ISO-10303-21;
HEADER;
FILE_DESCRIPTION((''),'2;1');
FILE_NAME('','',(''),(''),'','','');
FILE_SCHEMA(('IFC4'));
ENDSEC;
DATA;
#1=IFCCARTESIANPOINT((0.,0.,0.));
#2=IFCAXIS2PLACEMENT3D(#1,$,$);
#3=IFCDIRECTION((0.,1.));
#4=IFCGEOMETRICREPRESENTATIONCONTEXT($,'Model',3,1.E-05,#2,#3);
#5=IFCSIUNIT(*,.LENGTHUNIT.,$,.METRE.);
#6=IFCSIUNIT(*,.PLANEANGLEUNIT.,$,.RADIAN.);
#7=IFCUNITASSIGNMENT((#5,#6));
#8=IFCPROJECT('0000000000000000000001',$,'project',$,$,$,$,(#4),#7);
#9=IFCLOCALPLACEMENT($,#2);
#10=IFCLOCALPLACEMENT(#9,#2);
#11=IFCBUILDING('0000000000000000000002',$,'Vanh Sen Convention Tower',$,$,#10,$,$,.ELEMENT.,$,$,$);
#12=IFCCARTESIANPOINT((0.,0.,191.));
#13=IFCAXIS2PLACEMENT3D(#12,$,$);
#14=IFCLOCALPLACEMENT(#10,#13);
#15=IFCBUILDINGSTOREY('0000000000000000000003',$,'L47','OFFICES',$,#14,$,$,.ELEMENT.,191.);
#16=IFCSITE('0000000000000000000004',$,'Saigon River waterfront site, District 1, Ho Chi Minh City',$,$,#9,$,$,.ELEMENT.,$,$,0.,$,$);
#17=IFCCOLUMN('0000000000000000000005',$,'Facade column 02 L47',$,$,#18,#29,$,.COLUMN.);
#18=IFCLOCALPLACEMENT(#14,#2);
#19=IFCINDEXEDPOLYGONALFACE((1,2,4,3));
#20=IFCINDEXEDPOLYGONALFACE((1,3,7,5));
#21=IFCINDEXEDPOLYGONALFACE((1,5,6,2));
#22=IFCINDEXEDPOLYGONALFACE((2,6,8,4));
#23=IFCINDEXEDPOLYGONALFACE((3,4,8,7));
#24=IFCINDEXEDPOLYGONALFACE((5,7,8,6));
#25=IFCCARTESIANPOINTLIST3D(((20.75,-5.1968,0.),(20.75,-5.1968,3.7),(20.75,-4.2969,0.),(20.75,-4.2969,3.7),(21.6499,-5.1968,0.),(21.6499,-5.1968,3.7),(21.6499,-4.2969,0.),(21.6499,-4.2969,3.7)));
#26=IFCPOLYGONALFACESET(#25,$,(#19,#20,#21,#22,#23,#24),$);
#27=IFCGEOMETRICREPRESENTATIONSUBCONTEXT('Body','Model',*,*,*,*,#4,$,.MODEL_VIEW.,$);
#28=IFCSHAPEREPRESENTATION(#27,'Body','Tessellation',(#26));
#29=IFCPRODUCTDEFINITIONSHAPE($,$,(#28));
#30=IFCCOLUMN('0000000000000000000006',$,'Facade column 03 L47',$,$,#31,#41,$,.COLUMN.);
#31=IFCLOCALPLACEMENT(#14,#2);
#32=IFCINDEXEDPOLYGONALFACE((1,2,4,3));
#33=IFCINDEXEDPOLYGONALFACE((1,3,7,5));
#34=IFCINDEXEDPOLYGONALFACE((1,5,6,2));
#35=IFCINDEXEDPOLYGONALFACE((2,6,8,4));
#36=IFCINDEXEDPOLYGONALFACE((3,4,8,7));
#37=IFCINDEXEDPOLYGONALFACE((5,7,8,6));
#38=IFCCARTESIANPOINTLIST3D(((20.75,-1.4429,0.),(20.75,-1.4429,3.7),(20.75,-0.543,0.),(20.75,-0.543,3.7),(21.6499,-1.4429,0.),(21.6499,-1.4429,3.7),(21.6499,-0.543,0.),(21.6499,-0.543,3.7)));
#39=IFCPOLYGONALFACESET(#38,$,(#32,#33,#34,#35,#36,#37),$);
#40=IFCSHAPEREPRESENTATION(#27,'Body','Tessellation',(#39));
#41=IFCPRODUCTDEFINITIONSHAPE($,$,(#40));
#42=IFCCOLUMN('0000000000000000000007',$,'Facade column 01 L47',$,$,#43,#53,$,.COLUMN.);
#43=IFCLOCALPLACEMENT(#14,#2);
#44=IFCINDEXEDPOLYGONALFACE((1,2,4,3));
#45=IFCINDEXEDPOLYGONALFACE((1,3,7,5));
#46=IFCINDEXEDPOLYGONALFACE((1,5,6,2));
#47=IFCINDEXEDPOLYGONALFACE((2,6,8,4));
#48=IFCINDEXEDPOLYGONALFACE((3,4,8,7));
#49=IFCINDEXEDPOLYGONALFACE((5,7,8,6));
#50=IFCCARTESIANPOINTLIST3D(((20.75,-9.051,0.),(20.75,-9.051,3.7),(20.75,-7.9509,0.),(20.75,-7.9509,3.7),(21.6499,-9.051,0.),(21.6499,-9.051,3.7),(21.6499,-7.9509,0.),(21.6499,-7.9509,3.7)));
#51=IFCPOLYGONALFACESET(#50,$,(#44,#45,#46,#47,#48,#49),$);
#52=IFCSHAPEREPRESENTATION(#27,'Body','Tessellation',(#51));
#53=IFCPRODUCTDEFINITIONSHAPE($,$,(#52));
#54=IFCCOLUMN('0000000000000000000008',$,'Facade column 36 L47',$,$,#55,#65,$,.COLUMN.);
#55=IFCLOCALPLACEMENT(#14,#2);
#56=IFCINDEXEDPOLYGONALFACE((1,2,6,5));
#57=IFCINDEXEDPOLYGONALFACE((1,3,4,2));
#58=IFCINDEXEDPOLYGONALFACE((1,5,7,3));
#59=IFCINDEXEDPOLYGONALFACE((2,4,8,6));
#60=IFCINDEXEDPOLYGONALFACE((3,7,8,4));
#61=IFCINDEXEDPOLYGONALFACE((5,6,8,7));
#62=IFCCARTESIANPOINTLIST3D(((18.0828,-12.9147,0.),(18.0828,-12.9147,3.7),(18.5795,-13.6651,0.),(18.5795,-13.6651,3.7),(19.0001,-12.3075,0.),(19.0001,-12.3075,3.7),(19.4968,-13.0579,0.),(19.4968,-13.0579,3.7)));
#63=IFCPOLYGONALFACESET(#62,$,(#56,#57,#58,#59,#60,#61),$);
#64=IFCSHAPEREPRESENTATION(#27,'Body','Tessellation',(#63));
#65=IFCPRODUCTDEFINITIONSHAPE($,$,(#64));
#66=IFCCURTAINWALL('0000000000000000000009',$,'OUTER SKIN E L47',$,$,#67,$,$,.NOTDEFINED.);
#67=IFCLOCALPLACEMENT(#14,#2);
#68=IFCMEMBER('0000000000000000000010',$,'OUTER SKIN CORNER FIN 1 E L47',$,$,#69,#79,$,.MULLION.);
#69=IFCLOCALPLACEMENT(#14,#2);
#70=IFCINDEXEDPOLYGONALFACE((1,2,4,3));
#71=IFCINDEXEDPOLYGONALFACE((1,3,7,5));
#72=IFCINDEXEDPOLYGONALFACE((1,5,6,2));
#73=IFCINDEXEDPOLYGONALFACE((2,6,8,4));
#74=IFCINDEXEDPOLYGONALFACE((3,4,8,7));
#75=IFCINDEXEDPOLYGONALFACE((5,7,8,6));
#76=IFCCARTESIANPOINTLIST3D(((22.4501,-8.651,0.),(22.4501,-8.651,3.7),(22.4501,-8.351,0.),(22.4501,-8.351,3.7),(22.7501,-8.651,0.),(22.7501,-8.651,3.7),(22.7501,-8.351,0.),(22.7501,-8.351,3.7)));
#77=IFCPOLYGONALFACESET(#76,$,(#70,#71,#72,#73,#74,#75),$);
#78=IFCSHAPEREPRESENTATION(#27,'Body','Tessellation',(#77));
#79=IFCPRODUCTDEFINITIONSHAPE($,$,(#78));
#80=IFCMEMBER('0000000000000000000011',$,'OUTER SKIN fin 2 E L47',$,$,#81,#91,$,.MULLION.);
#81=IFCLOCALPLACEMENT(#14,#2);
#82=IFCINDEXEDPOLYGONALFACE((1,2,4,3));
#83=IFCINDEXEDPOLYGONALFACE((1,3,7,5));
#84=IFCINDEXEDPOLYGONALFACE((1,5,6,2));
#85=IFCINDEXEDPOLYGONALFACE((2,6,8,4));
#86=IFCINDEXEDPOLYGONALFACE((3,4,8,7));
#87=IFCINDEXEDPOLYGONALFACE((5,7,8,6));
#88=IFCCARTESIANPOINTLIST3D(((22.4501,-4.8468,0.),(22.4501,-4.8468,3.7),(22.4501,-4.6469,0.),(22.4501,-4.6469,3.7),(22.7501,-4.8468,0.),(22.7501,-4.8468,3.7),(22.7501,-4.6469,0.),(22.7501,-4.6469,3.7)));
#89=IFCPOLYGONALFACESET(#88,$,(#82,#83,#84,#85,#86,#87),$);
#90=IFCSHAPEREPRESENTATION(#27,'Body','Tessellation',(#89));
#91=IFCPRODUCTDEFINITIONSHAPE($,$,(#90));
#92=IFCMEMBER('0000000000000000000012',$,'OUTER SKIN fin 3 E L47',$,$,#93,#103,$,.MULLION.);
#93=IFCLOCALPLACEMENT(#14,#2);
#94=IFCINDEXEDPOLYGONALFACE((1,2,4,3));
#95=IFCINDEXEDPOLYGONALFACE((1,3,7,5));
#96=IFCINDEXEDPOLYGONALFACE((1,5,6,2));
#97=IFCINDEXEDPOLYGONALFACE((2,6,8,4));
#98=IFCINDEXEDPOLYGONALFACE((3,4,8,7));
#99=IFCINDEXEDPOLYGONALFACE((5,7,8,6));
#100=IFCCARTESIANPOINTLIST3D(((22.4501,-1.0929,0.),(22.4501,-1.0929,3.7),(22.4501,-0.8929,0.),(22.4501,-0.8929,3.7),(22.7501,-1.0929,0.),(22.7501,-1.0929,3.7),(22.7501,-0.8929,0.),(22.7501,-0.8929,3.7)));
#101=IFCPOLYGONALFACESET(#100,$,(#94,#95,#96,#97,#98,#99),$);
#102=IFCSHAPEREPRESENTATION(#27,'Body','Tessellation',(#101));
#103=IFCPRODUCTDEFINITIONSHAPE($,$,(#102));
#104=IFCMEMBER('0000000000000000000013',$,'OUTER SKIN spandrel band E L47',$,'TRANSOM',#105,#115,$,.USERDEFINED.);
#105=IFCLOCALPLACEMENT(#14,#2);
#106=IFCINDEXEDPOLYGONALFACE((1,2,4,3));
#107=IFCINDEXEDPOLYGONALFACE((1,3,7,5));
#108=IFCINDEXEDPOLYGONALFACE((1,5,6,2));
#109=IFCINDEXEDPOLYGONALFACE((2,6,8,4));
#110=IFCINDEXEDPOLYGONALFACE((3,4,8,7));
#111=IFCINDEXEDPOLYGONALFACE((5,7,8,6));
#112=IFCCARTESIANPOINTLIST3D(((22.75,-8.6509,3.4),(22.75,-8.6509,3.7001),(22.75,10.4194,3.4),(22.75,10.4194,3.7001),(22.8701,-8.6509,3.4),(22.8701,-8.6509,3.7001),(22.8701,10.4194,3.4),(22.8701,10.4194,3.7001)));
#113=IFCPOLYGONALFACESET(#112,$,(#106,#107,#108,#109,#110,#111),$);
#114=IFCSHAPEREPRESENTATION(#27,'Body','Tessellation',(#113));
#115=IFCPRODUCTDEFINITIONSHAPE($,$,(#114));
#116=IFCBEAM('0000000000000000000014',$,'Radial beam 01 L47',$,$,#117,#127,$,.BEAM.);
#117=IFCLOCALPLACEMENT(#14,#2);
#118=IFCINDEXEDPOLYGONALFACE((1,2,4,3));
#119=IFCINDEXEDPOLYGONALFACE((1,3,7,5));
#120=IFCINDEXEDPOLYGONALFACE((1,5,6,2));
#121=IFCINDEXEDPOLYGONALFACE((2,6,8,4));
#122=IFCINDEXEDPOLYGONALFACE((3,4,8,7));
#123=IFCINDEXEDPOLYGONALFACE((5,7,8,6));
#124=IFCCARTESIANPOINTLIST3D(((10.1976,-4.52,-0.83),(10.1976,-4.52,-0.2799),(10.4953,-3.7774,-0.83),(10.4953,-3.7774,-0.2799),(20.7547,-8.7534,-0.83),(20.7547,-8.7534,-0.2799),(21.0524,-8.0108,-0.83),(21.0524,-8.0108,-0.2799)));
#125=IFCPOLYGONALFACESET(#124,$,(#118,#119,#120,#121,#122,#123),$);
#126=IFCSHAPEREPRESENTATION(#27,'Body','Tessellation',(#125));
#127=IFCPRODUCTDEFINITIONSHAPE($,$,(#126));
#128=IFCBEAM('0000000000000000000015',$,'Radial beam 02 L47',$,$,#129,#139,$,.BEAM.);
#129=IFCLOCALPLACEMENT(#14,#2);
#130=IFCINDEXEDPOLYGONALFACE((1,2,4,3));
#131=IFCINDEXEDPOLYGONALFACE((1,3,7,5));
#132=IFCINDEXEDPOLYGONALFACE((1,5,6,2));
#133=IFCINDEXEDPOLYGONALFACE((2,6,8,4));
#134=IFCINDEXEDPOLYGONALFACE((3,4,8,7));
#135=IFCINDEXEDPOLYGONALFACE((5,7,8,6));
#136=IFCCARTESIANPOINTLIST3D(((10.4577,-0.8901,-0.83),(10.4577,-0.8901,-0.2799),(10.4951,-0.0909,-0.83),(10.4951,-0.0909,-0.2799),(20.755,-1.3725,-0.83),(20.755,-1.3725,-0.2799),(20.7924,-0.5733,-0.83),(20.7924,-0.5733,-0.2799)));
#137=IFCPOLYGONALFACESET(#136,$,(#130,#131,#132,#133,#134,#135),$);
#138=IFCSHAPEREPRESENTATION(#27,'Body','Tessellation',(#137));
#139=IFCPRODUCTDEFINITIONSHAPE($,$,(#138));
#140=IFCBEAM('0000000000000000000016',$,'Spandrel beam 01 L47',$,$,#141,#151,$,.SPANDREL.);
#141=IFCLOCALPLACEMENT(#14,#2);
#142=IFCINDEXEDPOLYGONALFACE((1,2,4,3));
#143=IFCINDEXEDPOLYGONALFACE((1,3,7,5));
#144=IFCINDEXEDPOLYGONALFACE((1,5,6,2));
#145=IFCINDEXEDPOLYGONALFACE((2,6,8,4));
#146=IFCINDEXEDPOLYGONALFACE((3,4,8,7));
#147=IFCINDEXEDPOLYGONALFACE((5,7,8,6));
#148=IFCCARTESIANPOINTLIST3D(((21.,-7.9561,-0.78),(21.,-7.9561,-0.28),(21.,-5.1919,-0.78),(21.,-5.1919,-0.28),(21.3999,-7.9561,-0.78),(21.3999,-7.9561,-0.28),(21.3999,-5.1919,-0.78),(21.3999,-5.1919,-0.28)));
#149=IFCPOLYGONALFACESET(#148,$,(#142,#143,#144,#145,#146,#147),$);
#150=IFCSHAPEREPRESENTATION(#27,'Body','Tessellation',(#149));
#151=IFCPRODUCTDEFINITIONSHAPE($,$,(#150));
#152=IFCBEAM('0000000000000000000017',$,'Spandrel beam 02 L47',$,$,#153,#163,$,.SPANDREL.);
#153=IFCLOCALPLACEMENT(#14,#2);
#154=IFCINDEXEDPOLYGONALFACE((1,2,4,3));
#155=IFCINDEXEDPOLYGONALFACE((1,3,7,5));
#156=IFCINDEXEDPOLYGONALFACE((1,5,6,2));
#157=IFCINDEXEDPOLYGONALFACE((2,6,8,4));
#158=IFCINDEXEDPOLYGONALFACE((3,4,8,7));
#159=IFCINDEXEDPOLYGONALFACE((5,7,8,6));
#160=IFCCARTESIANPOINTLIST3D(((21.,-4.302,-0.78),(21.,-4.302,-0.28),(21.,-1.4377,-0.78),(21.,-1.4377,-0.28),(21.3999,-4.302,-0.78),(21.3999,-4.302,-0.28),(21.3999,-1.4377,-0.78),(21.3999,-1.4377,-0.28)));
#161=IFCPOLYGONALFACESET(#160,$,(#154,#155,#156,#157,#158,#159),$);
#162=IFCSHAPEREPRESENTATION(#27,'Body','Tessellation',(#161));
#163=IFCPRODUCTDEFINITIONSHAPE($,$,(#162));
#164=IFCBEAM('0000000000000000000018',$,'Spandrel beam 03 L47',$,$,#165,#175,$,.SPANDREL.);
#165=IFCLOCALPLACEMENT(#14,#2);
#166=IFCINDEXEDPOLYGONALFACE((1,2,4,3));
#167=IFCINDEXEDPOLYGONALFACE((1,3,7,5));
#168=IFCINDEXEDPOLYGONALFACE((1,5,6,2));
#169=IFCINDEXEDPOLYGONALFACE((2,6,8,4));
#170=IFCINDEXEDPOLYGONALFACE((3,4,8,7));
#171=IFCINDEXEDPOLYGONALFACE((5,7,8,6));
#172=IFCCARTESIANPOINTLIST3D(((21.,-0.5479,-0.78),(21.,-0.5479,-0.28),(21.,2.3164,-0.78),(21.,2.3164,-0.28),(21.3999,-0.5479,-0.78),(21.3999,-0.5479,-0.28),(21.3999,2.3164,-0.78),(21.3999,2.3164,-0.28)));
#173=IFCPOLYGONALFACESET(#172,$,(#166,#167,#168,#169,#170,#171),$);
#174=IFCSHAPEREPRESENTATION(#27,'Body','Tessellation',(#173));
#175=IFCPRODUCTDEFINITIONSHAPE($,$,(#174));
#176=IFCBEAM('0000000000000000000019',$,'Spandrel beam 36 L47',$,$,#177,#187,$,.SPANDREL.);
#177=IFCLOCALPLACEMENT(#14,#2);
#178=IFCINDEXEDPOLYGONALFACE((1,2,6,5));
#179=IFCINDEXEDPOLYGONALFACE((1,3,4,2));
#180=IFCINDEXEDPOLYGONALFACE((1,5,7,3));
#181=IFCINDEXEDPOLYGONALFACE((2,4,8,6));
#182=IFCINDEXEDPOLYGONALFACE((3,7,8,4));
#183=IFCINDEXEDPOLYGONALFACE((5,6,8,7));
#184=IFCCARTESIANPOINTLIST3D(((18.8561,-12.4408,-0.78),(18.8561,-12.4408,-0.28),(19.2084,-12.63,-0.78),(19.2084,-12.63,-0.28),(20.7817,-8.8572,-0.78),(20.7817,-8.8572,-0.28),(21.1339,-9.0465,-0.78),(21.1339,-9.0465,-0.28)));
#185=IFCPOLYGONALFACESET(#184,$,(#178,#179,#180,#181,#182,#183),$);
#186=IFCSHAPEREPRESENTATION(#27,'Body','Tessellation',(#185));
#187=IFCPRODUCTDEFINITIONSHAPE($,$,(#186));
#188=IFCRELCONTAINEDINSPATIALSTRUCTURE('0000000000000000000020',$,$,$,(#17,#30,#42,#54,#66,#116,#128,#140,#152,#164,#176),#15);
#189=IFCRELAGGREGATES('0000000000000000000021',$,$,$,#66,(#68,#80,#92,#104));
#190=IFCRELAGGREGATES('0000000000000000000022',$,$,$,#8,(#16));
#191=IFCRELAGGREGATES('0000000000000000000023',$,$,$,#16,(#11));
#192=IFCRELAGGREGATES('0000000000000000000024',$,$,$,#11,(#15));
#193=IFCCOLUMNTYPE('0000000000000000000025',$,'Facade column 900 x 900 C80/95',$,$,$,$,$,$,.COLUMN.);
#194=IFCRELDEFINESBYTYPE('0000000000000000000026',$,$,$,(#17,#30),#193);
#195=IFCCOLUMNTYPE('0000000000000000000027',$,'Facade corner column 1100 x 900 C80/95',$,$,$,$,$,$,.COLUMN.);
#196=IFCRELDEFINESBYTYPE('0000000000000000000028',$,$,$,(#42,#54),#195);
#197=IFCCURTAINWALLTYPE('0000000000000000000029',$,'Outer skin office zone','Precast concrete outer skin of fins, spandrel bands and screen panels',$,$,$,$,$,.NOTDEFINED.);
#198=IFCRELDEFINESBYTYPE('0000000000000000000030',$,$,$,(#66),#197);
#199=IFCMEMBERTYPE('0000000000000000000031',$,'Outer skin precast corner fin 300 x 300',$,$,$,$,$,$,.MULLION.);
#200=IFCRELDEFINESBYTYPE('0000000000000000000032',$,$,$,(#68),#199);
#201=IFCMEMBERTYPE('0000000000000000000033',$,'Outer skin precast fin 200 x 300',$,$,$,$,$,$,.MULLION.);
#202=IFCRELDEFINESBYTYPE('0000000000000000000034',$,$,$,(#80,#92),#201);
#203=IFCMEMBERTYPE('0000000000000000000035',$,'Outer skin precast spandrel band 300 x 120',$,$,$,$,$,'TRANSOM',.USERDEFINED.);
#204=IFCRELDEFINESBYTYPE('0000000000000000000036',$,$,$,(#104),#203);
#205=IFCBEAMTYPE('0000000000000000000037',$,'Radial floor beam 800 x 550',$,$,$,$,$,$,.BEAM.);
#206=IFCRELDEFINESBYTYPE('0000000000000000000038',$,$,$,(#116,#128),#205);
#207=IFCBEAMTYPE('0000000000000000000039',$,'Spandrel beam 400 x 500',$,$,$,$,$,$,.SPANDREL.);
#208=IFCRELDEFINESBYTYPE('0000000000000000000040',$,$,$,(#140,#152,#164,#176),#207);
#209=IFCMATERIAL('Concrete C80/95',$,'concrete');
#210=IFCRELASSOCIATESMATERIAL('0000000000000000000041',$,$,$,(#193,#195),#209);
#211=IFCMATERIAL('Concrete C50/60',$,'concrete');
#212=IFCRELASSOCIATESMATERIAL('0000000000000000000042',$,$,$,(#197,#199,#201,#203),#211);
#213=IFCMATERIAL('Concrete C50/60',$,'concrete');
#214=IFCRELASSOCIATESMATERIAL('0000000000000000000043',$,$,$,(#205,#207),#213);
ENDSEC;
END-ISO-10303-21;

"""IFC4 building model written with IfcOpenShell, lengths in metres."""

from ifc_helpers import new_model, si_unit, direction, frame, origin, origin_2d, place, context, subcontext, project, spatial, rectangle, extrude, material, material_profile, profile_set, type_object, element, aggregate, save


model = new_model("IFC4")

# Units and contexts
model_context = context("Model", 3, precision=1e-05, world=origin(), true_north=direction((0.0, 1.0)))
body_context = subcontext(model_context, "Body", "Model", "MODEL_VIEW")
ifc_project = project(units=[si_unit("LENGTHUNIT", "METRE"), si_unit("PLANEANGLEUNIT", "RADIAN")], contexts=[model_context])

# Site, building, storey
site_placement = place(None, origin())
site = spatial("IfcSite", under=ifc_project, at=site_placement, Name="Saigon River waterfront site, District 1, Ho Chi Minh City", CompositionType="ELEMENT", RefElevation=0.0)
building_placement = place(site_placement, origin())
building = spatial("IfcBuilding", under=site, at=building_placement, Name="Vanh Sen Convention Tower", CompositionType="ELEMENT")
storey_placement = place(building_placement, frame((0.0, 0.0, 191.0)))
storey = spatial("IfcBuildingStorey", under=building, at=storey_placement, Name="L47", Description="OFFICES", CompositionType="ELEMENT", Elevation=191.0)

# Columns
ifc_material_1 = material(Name="Concrete C80/95", Category="concrete")
ifc_material_profile_1 = material_profile(ifc_material_1, rectangle(XDim=0.8999, YDim=0.8999, at=origin_2d()), Name="RC 900X900")
ifc_profile_set_1 = profile_set([ifc_material_profile_1], Name="Concrete C80/95")
column_type_1 = type_object("IfcColumnType", Name="Facade column 900 x 900 C80/95", PredefinedType="COLUMN", material=ifc_profile_set_1)
for number, where, z_axis, x_axis, name in (
    (1, (21.2, -4.7468, 0.0), (0.0, 0.0, 1.0), (0.0, 1.0, 0.0), "Facade column 02 L47"),
    (2, (21.2, -0.9929, 0.0), (0.0, 0.0, 1.0), (0.0, 1.0, 0.0), "Facade column 03 L47"),
):
    element("IfcColumn", number, at=place(storey_placement, frame(where, z_axis=z_axis, x_axis=x_axis)), inside=storey, type_object=column_type_1, Name=name, PredefinedType="COLUMN", context=body_context, shape_type="SweptSolid", body=[
        extrude(rectangle(XDim=0.8999, YDim=0.8999, at=origin_2d()), origin(), (0.0, 0.0, 1.0), 3.7),
    ])
ifc_material_profile_2 = material_profile(ifc_material_1, rectangle(XDim=1.1001, YDim=0.8999, at=origin_2d()), Name="RC 1100X900")
ifc_profile_set_2 = profile_set([ifc_material_profile_2], Name="Concrete C80/95")
column_type_2 = type_object("IfcColumnType", Name="Facade corner column 1100 x 900 C80/95", PredefinedType="COLUMN", material=ifc_profile_set_2)
for number, where, z_axis, x_axis, name in (
    (3, (21.2, -8.501, 0.0), (0.0, 0.0, 1.0), (0.0, 1.0, 0.0), "Facade column 01 L47"),
    (4, (18.7898, -12.9863, 0.0), (0.0, 0.0, 1.0), (0.833886, 0.551937, 0.0), "Facade column 36 L47"),
):
    element("IfcColumn", number, at=place(storey_placement, frame(where, z_axis=z_axis, x_axis=x_axis)), inside=storey, type_object=column_type_2, Name=name, PredefinedType="COLUMN", context=body_context, shape_type="SweptSolid", body=[
        extrude(rectangle(XDim=1.1001, YDim=0.8999, at=origin_2d()), origin(), (0.0, 0.0, 1.0), 3.7),
    ])

# Curtain wall, members
ifc_material_2 = material(Name="Concrete C50/60", Category="concrete")
curtain_wall_type = type_object("IfcCurtainWallType", Name="Outer skin office zone", Description="Precast concrete outer skin of fins, spandrel bands and screen panels", PredefinedType="NOTDEFINED", material=ifc_material_2)
curtain_wall_1_placement = place(storey_placement, origin())
curtain_wall_1 = element("IfcCurtainWall", 5, at=curtain_wall_1_placement, inside=storey, type_object=curtain_wall_type, Name="OUTER SKIN E L47", PredefinedType="NOTDEFINED")
ifc_material_profile_3 = material_profile(ifc_material_2, rectangle(XDim=0.3, YDim=0.3, at=origin_2d()), Name="Outer skin precast corner fin 300 x 300")
ifc_profile_set_3 = profile_set([ifc_material_profile_3], Name="Concrete C50/60")
member_type_1 = type_object("IfcMemberType", Name="Outer skin precast corner fin 300 x 300", PredefinedType="MULLION", material=ifc_profile_set_3)
member_1_placement = place(storey_placement, frame((22.6001, -8.501, 0.0), z_axis=(0.0, 0.0, 1.0), x_axis=(0.0, 1.0, 0.0)))
member_1 = element("IfcMember", 6, at=member_1_placement, type_object=member_type_1, Name="OUTER SKIN CORNER FIN 1 E L47", PredefinedType="MULLION", context=body_context, shape_type="SweptSolid", body=[
    extrude(rectangle(XDim=0.3, YDim=0.3, at=origin_2d()), origin(), (0.0, 0.0, 1.0), 3.7),
])
ifc_material_profile_4 = material_profile(ifc_material_2, rectangle(XDim=0.2, YDim=0.3, at=origin_2d()), Name="Outer skin precast fin 200 x 300")
ifc_profile_set_4 = profile_set([ifc_material_profile_4], Name="Concrete C50/60")
member_type_2 = type_object("IfcMemberType", Name="Outer skin precast fin 200 x 300", PredefinedType="MULLION", material=ifc_profile_set_4)
member_2_placement = place(storey_placement, frame((22.6001, -4.7468, 0.0), z_axis=(0.0, 0.0, 1.0), x_axis=(0.0, 1.0, 0.0)))
member_2 = element("IfcMember", 7, at=member_2_placement, type_object=member_type_2, Name="OUTER SKIN fin 2 E L47", PredefinedType="MULLION", context=body_context, shape_type="SweptSolid", body=[
    extrude(rectangle(XDim=0.2, YDim=0.3, at=origin_2d()), origin(), (0.0, 0.0, 1.0), 3.7),
])
member_3_placement = place(storey_placement, frame((22.6001, -0.9929, 0.0), z_axis=(0.0, 0.0, 1.0), x_axis=(0.0, 1.0, 0.0)))
member_3 = element("IfcMember", 8, at=member_3_placement, type_object=member_type_2, Name="OUTER SKIN fin 3 E L47", PredefinedType="MULLION", context=body_context, shape_type="SweptSolid", body=[
    extrude(rectangle(XDim=0.2, YDim=0.3, at=origin_2d()), origin(), (0.0, 0.0, 1.0), 3.7),
])
ifc_material_profile_5 = material_profile(ifc_material_2, rectangle(XDim=0.1201, YDim=0.3, at=origin_2d()), Name="Outer skin precast spandrel band 300 x 120")
ifc_profile_set_5 = profile_set([ifc_material_profile_5], Name="Concrete C50/60")
member_type_3 = type_object("IfcMemberType", Name="Outer skin precast spandrel band 300 x 120", ElementType="TRANSOM", PredefinedType="USERDEFINED", material=ifc_profile_set_5)
member_4_placement = place(storey_placement, frame((22.8101, -8.6509, 3.55), z_axis=(0.0, 1.0, 0.0), x_axis=(-1.0, 0.0, 0.0)))
member_4 = element("IfcMember", 9, at=member_4_placement, type_object=member_type_3, Name="OUTER SKIN spandrel band E L47", ObjectType="TRANSOM", PredefinedType="USERDEFINED", context=body_context, shape_type="SweptSolid", body=[
    extrude(rectangle(XDim=0.1201, YDim=0.3, at=origin_2d()), origin(), (0.0, 0.0, 1.0), 19.0703),
])

# Beams
ifc_material_3 = material(Name="Concrete C50/60", Category="concrete")
ifc_material_profile_6 = material_profile(ifc_material_3, rectangle(XDim=0.8, YDim=0.55, at=origin_2d()), Name="RC 800X550")
ifc_profile_set_6 = profile_set([ifc_material_profile_6], Name="Concrete C50/60")
beam_type_1 = type_object("IfcBeamType", Name="Radial floor beam 800 x 550", PredefinedType="BEAM", material=ifc_profile_set_6)
beam_1_placement = place(storey_placement, frame((20.9036, -8.3821, -0.5549), z_axis=(-0.928157, 0.37219, 0.0), x_axis=(-0.37219, -0.928157, 0.0)))
element("IfcBeam", 10, at=beam_1_placement, inside=storey, type_object=beam_type_1, Name="Radial beam 01 L47", PredefinedType="BEAM", context=body_context, shape_type="SweptSolid", body=[
    extrude(rectangle(XDim=0.8, YDim=0.55, at=origin_2d()), origin(), (0.0, 0.0, 1.0), 11.3743),
])
beam_2_placement = place(storey_placement, frame((20.7737, -0.9729, -0.5549), z_axis=(-0.998904, 0.046798, 0.0), x_axis=(-0.046798, -0.998904, 0.0)))
element("IfcBeam", 11, at=beam_2_placement, inside=storey, type_object=beam_type_1, Name="Radial beam 02 L47", PredefinedType="BEAM", context=body_context, shape_type="SweptSolid", body=[
    extrude(rectangle(XDim=0.8, YDim=0.55, at=origin_2d()), origin(), (0.0, 0.0, 1.0), 10.3086),
])
ifc_material_profile_7 = material_profile(ifc_material_3, rectangle(XDim=0.3999, YDim=0.5, at=origin_2d()), Name="RC 400X500")
ifc_profile_set_7 = profile_set([ifc_material_profile_7], Name="Concrete C50/60")
beam_type_2 = type_object("IfcBeamType", Name="Spandrel beam 400 x 500", PredefinedType="SPANDREL", material=ifc_profile_set_7)
beam_3_placement = place(storey_placement, frame((21.2, -7.9561, -0.53), z_axis=(0.0, 1.0, 0.0), x_axis=(-1.0, 0.0, 0.0)))
element("IfcBeam", 12, at=beam_3_placement, inside=storey, type_object=beam_type_2, Name="Spandrel beam 01 L47", PredefinedType="SPANDREL", context=body_context, shape_type="SweptSolid", body=[
    extrude(rectangle(XDim=0.3999, YDim=0.5, at=origin_2d()), origin(), (0.0, 0.0, 1.0), 2.7642),
])
for number, where, z_axis, x_axis, name in (
    (13, (21.2, -4.302, -0.53), (0.0, 1.0, 0.0), (-1.0, 0.0, 0.0), "Spandrel beam 02 L47"),
    (14, (21.2, -0.5479, -0.53), (0.0, 1.0, 0.0), (-1.0, 0.0, 0.0), "Spandrel beam 03 L47"),
):
    element("IfcBeam", number, at=place(storey_placement, frame(where, z_axis=z_axis, x_axis=x_axis)), inside=storey, type_object=beam_type_2, Name=name, PredefinedType="SPANDREL", context=body_context, shape_type="SweptSolid", body=[
        extrude(rectangle(XDim=0.3999, YDim=0.5, at=origin_2d()), origin(), (0.0, 0.0, 1.0), 2.8643),
    ])
beam_4_placement = place(storey_placement, frame((19.0322, -12.5354, -0.53), z_axis=(0.47333, 0.880885, 0.0), x_axis=(-0.880885, 0.47333, 0.0)))
element("IfcBeam", 15, at=beam_4_placement, inside=storey, type_object=beam_type_2, Name="Spandrel beam 36 L47", PredefinedType="SPANDREL", context=body_context, shape_type="SweptSolid", body=[
    extrude(rectangle(XDim=0.3999, YDim=0.5, at=origin_2d()), origin(), (0.0, 0.0, 1.0), 4.0681),
])

aggregate(curtain_wall_1, [member_1, member_2, member_3, member_4])

save(model, "model.ifc")
